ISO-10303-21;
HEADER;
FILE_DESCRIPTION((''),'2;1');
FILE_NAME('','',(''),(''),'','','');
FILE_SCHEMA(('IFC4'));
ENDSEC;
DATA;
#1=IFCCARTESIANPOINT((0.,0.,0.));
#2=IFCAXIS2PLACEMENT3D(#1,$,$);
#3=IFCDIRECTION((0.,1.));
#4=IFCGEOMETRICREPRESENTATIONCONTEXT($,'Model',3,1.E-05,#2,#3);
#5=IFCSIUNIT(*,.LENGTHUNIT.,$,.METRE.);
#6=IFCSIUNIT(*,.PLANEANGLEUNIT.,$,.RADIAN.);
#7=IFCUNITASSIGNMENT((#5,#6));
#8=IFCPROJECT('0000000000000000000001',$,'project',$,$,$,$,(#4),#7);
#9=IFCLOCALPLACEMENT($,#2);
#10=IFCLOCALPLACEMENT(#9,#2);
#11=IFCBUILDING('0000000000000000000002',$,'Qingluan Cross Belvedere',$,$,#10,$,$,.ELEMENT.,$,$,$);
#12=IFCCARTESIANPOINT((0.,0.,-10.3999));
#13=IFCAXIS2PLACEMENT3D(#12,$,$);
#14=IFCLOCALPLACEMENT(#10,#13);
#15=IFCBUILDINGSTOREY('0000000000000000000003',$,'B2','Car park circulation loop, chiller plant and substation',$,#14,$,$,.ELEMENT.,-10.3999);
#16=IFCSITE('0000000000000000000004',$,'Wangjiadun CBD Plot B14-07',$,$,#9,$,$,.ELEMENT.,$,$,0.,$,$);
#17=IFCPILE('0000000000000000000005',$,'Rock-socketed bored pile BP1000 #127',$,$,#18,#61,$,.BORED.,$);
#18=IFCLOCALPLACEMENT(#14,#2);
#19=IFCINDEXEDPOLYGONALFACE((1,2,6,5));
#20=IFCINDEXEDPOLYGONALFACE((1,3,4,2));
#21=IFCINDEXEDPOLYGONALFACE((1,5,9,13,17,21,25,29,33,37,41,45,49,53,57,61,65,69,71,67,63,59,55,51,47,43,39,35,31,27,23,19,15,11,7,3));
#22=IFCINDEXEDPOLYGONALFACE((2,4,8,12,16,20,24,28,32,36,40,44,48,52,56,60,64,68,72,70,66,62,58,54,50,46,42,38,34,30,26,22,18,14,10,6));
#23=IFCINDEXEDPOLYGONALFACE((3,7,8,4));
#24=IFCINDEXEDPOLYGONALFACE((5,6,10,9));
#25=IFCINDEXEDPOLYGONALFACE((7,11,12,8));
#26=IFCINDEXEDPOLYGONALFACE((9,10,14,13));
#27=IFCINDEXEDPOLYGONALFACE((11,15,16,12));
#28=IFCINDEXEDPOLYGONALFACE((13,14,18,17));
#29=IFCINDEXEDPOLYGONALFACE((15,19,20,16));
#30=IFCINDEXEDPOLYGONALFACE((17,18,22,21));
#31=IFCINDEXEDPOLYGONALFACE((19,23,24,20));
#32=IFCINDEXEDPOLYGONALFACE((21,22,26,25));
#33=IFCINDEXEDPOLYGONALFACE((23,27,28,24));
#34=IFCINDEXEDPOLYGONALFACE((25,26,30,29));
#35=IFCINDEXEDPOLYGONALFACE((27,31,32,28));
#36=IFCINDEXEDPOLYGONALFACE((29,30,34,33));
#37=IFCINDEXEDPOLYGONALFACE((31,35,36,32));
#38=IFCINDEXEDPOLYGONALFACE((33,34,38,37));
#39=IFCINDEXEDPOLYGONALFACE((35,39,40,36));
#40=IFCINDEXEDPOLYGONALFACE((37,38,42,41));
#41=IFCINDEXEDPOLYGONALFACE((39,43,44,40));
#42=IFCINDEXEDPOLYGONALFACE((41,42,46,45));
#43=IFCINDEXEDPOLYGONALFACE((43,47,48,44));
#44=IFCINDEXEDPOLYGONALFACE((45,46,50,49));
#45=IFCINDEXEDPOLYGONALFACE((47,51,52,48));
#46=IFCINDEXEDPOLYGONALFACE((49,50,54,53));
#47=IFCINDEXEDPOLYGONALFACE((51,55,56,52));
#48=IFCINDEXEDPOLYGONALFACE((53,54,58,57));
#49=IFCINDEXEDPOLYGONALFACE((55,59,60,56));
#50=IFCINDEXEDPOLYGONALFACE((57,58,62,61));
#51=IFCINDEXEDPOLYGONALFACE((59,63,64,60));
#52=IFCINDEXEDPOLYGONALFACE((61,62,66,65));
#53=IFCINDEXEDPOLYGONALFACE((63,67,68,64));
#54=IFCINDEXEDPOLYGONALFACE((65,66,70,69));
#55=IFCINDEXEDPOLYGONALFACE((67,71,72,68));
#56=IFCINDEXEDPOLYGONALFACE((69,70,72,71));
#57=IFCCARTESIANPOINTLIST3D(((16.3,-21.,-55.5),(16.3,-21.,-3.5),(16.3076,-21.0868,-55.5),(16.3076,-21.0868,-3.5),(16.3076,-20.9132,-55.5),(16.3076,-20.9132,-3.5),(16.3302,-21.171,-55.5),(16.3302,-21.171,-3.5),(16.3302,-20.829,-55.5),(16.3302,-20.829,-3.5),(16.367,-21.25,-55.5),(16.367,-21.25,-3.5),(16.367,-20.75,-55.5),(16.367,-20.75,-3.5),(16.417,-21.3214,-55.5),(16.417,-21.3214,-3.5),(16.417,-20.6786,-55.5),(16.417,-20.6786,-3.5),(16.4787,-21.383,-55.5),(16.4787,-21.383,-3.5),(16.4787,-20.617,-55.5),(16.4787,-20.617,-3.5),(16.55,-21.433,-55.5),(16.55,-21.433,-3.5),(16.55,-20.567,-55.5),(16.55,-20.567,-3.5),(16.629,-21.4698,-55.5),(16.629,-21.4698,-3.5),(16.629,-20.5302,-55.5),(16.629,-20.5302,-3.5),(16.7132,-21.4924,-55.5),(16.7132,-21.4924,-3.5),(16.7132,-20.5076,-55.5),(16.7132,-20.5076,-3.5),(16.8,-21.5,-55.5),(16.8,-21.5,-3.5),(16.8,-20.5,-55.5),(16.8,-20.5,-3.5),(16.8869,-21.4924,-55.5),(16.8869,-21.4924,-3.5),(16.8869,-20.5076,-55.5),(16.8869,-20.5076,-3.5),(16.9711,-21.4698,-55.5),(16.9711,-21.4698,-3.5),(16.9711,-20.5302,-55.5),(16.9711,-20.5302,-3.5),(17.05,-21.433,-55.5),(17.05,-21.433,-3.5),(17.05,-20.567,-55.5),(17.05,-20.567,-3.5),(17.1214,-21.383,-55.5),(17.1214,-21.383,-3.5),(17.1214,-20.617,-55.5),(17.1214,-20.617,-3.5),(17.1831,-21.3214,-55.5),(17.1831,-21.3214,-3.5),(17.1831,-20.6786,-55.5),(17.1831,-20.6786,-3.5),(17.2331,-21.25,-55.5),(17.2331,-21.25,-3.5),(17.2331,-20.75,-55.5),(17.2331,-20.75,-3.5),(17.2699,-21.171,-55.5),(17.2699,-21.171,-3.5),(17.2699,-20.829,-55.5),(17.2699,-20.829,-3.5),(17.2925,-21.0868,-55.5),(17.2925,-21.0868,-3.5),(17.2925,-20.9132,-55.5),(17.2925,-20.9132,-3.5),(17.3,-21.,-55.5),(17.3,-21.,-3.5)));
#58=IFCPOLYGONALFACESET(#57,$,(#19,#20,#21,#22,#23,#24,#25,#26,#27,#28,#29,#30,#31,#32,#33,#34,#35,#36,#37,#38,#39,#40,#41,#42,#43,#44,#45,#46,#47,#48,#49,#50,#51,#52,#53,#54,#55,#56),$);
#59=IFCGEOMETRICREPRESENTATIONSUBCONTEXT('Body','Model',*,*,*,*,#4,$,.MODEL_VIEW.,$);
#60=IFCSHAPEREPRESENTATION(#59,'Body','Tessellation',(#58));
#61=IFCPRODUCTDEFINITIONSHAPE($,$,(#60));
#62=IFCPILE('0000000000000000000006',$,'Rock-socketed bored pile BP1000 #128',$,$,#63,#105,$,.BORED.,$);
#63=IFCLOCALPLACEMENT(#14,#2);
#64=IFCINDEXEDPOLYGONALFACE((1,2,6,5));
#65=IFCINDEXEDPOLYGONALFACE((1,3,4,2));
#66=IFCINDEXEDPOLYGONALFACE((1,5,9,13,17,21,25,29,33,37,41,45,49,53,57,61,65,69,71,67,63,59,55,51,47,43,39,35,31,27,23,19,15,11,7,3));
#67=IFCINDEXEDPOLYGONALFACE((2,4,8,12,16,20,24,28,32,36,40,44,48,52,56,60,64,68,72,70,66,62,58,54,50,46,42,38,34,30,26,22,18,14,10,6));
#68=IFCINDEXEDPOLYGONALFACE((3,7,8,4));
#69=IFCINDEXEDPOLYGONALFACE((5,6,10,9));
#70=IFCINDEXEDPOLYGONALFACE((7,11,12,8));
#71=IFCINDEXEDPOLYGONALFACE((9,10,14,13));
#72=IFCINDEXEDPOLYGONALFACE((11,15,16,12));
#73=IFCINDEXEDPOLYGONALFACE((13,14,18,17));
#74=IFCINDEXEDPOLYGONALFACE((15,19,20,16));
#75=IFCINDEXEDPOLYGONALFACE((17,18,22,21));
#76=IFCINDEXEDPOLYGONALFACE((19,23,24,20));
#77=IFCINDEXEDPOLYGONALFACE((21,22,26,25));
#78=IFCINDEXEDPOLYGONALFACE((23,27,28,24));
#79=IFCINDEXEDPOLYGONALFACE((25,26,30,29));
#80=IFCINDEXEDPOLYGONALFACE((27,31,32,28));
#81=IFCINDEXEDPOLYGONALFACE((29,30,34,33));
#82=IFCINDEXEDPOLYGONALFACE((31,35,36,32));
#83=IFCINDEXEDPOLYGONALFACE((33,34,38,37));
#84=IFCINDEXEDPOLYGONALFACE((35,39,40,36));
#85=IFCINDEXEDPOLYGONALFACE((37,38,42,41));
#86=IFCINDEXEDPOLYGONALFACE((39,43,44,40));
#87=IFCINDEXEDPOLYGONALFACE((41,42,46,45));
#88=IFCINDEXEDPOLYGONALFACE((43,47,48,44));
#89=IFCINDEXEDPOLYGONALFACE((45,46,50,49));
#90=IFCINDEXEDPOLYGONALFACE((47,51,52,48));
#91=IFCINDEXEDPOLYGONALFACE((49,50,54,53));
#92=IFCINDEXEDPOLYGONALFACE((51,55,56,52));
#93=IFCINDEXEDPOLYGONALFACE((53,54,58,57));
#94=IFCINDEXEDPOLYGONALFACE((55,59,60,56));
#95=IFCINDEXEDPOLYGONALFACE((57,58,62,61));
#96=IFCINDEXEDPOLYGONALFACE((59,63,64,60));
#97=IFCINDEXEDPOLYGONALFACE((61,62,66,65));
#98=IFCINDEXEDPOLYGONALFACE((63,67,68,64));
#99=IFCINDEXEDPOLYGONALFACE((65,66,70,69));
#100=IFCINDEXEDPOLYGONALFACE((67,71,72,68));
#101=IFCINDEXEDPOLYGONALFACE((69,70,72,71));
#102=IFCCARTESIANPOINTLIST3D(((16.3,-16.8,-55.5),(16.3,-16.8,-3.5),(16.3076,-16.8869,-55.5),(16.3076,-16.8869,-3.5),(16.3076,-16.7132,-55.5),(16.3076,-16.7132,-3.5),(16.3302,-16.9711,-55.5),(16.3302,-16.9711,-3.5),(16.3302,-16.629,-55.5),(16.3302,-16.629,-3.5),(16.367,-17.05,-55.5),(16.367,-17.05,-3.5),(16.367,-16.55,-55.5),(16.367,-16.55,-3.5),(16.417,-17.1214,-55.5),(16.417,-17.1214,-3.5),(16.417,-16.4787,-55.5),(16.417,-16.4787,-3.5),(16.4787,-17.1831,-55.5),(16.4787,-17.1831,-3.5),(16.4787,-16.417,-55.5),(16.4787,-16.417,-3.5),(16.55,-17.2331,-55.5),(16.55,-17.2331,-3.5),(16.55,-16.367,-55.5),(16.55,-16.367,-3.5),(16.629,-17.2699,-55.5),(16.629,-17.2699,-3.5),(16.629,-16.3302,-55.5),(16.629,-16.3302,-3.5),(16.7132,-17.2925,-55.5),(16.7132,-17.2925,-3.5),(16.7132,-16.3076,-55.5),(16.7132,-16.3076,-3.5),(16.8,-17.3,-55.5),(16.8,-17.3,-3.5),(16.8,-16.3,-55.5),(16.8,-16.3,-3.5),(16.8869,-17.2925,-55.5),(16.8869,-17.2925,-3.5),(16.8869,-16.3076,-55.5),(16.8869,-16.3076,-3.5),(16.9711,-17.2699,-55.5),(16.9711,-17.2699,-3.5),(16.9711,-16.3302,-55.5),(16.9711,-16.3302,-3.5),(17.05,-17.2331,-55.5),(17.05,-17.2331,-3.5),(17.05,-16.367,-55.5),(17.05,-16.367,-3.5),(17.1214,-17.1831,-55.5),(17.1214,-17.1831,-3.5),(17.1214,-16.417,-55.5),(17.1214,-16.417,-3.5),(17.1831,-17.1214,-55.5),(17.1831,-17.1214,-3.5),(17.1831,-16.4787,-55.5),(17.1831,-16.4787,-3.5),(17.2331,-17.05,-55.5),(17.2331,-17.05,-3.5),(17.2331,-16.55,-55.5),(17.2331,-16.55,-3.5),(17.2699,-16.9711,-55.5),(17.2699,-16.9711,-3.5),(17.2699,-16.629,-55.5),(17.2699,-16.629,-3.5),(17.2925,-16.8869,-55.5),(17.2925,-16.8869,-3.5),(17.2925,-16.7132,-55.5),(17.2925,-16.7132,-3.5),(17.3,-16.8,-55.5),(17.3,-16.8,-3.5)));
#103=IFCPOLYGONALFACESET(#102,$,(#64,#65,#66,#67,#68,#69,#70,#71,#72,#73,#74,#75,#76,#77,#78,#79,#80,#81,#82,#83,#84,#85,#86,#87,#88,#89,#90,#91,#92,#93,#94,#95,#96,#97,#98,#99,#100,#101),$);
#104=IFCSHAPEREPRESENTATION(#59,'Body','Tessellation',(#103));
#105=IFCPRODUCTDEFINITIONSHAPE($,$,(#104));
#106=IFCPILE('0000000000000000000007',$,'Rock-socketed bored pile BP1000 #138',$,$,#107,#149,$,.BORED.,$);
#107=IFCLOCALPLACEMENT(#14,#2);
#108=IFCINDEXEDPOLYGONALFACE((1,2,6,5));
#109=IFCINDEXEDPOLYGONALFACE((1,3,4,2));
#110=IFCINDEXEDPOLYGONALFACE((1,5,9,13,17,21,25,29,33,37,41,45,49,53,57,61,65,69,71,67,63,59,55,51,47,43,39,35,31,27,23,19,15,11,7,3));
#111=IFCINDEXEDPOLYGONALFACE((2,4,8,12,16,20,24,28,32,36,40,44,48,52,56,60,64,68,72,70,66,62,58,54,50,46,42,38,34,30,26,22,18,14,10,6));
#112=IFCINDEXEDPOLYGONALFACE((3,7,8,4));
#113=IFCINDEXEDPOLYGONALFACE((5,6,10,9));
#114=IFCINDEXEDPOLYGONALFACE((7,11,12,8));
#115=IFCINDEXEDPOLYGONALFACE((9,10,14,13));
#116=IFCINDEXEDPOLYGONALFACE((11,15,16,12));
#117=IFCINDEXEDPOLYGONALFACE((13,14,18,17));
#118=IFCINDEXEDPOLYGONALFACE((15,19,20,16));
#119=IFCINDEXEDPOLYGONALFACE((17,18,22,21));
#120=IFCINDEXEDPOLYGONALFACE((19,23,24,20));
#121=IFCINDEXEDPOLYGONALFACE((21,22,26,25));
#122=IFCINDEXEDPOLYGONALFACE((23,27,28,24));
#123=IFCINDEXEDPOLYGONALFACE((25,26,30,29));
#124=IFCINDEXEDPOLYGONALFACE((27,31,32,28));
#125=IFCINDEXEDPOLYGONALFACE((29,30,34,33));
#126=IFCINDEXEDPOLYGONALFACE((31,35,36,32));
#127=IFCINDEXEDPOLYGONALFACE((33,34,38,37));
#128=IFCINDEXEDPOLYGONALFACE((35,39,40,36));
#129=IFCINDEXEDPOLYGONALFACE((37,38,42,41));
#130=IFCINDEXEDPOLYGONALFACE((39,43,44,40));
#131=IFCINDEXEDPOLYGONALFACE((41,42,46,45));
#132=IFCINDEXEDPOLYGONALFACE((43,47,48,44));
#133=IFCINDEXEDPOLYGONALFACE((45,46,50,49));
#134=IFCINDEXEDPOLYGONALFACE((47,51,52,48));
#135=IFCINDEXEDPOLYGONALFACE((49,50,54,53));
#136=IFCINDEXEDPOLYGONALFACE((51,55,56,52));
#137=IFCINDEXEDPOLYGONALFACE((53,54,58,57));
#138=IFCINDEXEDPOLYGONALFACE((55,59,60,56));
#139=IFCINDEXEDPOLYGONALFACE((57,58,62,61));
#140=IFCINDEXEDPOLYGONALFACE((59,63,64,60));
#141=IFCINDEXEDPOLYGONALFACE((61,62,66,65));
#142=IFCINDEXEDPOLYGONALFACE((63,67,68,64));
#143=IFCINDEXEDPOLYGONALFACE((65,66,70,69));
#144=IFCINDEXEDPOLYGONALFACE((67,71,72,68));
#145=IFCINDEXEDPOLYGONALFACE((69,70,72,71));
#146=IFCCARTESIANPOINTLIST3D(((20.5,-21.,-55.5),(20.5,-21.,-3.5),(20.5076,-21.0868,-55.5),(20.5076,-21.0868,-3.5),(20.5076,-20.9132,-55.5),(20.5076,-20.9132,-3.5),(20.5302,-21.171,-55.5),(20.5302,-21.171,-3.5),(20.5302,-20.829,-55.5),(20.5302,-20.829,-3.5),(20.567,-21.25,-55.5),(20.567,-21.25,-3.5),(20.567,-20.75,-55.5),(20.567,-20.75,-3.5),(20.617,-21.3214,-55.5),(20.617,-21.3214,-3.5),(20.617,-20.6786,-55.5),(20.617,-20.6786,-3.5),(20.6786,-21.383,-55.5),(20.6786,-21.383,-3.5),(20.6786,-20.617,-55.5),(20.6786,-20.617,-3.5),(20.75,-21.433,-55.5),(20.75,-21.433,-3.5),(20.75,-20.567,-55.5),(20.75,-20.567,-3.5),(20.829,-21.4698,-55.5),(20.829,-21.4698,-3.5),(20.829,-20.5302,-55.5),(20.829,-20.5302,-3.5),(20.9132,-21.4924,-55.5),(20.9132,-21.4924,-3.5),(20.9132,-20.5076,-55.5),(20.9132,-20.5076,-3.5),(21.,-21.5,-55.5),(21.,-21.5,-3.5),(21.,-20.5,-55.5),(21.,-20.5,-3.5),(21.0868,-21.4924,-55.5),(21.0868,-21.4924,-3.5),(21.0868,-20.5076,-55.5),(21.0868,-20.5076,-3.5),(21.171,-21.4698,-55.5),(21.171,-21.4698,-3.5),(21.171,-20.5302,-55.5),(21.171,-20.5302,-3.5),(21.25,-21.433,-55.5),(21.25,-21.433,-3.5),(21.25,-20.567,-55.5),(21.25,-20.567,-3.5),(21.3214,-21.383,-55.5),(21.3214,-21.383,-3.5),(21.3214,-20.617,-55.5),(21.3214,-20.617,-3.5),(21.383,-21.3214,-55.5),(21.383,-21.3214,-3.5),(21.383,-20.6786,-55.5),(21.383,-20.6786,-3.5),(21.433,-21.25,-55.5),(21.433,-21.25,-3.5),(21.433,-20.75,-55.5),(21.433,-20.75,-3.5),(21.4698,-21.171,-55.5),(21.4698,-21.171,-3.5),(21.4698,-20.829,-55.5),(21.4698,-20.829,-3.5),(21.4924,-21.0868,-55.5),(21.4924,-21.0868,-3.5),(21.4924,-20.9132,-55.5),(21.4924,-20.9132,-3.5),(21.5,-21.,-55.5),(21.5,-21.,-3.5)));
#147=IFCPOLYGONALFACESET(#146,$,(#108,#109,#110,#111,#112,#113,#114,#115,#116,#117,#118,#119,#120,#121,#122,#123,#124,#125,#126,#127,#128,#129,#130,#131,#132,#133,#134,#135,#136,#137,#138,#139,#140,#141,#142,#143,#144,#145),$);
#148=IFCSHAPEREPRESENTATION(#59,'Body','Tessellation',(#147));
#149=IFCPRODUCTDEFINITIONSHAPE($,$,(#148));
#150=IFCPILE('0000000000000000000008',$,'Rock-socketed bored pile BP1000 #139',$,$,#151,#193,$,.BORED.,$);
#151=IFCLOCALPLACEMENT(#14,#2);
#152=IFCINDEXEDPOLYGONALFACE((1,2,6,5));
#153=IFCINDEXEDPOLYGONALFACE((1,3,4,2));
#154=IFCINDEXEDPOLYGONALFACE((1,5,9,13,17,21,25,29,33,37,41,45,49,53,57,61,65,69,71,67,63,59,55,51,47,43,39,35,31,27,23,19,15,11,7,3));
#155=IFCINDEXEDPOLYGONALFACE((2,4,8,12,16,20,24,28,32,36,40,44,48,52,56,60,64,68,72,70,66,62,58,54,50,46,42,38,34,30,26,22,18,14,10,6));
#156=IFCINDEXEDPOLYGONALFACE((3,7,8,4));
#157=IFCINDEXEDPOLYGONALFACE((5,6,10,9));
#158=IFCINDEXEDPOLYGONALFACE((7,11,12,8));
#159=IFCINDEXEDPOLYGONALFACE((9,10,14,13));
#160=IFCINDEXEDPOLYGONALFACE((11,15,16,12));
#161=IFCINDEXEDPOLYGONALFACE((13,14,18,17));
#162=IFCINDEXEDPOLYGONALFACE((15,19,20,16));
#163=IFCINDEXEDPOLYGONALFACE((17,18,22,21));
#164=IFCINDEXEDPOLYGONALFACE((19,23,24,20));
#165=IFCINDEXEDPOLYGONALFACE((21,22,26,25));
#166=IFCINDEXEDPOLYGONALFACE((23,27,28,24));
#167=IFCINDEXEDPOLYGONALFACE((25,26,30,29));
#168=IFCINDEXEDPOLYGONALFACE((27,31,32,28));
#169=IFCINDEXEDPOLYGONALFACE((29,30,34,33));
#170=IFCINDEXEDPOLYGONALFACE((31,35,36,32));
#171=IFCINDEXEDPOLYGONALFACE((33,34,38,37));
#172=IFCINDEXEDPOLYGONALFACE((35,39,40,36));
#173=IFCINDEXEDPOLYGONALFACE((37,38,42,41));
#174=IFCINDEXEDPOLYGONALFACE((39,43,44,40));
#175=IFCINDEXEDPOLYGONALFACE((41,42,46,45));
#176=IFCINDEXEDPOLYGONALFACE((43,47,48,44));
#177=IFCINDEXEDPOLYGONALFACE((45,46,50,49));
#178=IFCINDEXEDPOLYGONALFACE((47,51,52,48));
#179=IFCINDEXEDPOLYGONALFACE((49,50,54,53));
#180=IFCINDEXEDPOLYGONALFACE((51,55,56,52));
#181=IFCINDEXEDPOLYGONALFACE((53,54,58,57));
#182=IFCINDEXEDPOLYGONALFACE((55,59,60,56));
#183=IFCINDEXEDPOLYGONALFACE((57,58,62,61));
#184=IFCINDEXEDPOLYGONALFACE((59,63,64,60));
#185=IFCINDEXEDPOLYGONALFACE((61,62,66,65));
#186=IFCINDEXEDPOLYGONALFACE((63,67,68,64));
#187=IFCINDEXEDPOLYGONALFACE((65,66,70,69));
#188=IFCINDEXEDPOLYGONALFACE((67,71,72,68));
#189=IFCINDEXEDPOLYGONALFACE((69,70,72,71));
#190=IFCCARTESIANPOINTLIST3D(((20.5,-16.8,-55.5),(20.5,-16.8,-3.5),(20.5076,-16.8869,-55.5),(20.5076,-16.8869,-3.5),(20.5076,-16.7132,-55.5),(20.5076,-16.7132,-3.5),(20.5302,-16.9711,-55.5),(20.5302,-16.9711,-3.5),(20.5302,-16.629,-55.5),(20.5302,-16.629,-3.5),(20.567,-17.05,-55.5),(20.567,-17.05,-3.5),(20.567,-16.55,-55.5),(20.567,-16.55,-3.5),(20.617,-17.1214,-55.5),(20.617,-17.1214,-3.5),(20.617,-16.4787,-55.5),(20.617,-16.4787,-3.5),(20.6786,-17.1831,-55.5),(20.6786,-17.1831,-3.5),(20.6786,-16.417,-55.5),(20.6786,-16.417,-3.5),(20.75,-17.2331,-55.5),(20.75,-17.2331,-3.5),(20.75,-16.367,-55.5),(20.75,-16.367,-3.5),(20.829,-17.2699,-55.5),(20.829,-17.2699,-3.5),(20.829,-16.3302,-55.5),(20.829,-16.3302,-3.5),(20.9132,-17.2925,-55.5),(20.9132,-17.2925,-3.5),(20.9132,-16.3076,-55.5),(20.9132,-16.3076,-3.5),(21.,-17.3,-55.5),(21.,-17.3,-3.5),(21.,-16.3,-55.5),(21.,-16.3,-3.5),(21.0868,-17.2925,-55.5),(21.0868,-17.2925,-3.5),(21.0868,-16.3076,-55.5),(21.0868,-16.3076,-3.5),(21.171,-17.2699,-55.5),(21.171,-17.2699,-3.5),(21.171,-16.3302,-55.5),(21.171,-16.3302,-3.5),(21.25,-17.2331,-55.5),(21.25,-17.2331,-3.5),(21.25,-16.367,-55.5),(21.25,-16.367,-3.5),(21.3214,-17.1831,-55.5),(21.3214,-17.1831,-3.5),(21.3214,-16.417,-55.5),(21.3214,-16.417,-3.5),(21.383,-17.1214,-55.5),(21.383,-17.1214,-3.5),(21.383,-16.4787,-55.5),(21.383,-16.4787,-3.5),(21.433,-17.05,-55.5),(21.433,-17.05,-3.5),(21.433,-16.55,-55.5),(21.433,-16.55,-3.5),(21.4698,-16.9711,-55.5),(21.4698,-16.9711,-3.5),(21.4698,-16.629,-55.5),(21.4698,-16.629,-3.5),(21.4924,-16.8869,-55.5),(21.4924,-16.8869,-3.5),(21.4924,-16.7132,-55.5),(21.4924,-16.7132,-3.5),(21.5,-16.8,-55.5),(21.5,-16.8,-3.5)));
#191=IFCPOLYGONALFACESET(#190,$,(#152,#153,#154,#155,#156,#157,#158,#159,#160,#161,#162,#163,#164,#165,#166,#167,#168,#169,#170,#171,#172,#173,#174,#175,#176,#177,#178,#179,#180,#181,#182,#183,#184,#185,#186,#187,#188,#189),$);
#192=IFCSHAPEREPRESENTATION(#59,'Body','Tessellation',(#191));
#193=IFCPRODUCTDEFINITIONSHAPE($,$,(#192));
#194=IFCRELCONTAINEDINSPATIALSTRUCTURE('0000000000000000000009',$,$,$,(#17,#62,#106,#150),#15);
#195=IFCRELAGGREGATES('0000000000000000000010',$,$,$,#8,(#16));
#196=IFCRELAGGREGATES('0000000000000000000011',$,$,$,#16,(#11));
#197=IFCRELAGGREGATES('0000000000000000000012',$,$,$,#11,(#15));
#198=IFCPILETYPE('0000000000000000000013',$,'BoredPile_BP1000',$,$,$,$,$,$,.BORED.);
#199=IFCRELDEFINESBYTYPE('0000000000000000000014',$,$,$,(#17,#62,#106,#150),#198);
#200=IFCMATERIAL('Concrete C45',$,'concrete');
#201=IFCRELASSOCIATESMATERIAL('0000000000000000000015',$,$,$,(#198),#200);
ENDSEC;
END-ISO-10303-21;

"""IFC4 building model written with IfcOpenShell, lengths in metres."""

from ifc_helpers import new_model, si_unit, direction, frame, origin, origin_2d, place, context, subcontext, project, spatial, circle, extrude, material, material_profile, profile_set, type_object, element, save


model = new_model("IFC4")

# Units and contexts
model_context = context("Model", 3, precision=1e-05, world=origin(), true_north=direction((0.0, 1.0)))
body_context = subcontext(model_context, "Body", "Model", "MODEL_VIEW")
ifc_project = project(units=[si_unit("LENGTHUNIT", "METRE"), si_unit("PLANEANGLEUNIT", "RADIAN")], contexts=[model_context])

# Site, building, storey
site_placement = place(None, origin())
site = spatial("IfcSite", under=ifc_project, at=site_placement, Name="Wangjiadun CBD Plot B14-07", CompositionType="ELEMENT", RefElevation=0.0)
building_placement = place(site_placement, origin())
building = spatial("IfcBuilding", under=site, at=building_placement, Name="Qingluan Cross Belvedere", CompositionType="ELEMENT")
storey_placement = place(building_placement, frame((0.0, 0.0, -10.3999)))
storey = spatial("IfcBuildingStorey", under=building, at=storey_placement, Name="B2", Description="Car park circulation loop, chiller plant and substation", CompositionType="ELEMENT", Elevation=-10.3999)

# Piles
ifc_material_1 = material(Name="Concrete C45", Category="concrete")
ifc_material_profile_1 = material_profile(ifc_material_1, circle(Radius=0.5, at=origin_2d()), Name="BP1000")
ifc_profile_set_1 = profile_set([ifc_material_profile_1], Name="Concrete C45")
pile_type_1 = type_object("IfcPileType", Name="BoredPile_BP1000", PredefinedType="BORED", material=ifc_profile_set_1)
for number, where, z_axis, x_axis, name in (
    (1, (16.8, -21.0, -3.5), (0.0, 0.0, -1.0), (1.0, 0.0, 0.0), "Rock-socketed bored pile BP1000 #127"),
    (2, (16.8, -16.8, -3.5), (0.0, 0.0, -1.0), (1.0, 0.0, 0.0), "Rock-socketed bored pile BP1000 #128"),
    (3, (21.0, -21.0, -3.5), (0.0, 0.0, -1.0), (1.0, 0.0, 0.0), "Rock-socketed bored pile BP1000 #138"),
    (4, (21.0, -16.8, -3.5), (0.0, 0.0, -1.0), (1.0, 0.0, 0.0), "Rock-socketed bored pile BP1000 #139"),
):
    element("IfcPile", number, at=place(storey_placement, frame(where, z_axis=z_axis, x_axis=x_axis)), inside=storey, type_object=pile_type_1, Name=name, PredefinedType="BORED", context=body_context, shape_type="SweptSolid", body=[
        extrude(circle(Radius=0.5, at=origin_2d()), origin(), (0.0, 0.0, 1.0), 52.0),
    ])

save(model, "model.ifc")
